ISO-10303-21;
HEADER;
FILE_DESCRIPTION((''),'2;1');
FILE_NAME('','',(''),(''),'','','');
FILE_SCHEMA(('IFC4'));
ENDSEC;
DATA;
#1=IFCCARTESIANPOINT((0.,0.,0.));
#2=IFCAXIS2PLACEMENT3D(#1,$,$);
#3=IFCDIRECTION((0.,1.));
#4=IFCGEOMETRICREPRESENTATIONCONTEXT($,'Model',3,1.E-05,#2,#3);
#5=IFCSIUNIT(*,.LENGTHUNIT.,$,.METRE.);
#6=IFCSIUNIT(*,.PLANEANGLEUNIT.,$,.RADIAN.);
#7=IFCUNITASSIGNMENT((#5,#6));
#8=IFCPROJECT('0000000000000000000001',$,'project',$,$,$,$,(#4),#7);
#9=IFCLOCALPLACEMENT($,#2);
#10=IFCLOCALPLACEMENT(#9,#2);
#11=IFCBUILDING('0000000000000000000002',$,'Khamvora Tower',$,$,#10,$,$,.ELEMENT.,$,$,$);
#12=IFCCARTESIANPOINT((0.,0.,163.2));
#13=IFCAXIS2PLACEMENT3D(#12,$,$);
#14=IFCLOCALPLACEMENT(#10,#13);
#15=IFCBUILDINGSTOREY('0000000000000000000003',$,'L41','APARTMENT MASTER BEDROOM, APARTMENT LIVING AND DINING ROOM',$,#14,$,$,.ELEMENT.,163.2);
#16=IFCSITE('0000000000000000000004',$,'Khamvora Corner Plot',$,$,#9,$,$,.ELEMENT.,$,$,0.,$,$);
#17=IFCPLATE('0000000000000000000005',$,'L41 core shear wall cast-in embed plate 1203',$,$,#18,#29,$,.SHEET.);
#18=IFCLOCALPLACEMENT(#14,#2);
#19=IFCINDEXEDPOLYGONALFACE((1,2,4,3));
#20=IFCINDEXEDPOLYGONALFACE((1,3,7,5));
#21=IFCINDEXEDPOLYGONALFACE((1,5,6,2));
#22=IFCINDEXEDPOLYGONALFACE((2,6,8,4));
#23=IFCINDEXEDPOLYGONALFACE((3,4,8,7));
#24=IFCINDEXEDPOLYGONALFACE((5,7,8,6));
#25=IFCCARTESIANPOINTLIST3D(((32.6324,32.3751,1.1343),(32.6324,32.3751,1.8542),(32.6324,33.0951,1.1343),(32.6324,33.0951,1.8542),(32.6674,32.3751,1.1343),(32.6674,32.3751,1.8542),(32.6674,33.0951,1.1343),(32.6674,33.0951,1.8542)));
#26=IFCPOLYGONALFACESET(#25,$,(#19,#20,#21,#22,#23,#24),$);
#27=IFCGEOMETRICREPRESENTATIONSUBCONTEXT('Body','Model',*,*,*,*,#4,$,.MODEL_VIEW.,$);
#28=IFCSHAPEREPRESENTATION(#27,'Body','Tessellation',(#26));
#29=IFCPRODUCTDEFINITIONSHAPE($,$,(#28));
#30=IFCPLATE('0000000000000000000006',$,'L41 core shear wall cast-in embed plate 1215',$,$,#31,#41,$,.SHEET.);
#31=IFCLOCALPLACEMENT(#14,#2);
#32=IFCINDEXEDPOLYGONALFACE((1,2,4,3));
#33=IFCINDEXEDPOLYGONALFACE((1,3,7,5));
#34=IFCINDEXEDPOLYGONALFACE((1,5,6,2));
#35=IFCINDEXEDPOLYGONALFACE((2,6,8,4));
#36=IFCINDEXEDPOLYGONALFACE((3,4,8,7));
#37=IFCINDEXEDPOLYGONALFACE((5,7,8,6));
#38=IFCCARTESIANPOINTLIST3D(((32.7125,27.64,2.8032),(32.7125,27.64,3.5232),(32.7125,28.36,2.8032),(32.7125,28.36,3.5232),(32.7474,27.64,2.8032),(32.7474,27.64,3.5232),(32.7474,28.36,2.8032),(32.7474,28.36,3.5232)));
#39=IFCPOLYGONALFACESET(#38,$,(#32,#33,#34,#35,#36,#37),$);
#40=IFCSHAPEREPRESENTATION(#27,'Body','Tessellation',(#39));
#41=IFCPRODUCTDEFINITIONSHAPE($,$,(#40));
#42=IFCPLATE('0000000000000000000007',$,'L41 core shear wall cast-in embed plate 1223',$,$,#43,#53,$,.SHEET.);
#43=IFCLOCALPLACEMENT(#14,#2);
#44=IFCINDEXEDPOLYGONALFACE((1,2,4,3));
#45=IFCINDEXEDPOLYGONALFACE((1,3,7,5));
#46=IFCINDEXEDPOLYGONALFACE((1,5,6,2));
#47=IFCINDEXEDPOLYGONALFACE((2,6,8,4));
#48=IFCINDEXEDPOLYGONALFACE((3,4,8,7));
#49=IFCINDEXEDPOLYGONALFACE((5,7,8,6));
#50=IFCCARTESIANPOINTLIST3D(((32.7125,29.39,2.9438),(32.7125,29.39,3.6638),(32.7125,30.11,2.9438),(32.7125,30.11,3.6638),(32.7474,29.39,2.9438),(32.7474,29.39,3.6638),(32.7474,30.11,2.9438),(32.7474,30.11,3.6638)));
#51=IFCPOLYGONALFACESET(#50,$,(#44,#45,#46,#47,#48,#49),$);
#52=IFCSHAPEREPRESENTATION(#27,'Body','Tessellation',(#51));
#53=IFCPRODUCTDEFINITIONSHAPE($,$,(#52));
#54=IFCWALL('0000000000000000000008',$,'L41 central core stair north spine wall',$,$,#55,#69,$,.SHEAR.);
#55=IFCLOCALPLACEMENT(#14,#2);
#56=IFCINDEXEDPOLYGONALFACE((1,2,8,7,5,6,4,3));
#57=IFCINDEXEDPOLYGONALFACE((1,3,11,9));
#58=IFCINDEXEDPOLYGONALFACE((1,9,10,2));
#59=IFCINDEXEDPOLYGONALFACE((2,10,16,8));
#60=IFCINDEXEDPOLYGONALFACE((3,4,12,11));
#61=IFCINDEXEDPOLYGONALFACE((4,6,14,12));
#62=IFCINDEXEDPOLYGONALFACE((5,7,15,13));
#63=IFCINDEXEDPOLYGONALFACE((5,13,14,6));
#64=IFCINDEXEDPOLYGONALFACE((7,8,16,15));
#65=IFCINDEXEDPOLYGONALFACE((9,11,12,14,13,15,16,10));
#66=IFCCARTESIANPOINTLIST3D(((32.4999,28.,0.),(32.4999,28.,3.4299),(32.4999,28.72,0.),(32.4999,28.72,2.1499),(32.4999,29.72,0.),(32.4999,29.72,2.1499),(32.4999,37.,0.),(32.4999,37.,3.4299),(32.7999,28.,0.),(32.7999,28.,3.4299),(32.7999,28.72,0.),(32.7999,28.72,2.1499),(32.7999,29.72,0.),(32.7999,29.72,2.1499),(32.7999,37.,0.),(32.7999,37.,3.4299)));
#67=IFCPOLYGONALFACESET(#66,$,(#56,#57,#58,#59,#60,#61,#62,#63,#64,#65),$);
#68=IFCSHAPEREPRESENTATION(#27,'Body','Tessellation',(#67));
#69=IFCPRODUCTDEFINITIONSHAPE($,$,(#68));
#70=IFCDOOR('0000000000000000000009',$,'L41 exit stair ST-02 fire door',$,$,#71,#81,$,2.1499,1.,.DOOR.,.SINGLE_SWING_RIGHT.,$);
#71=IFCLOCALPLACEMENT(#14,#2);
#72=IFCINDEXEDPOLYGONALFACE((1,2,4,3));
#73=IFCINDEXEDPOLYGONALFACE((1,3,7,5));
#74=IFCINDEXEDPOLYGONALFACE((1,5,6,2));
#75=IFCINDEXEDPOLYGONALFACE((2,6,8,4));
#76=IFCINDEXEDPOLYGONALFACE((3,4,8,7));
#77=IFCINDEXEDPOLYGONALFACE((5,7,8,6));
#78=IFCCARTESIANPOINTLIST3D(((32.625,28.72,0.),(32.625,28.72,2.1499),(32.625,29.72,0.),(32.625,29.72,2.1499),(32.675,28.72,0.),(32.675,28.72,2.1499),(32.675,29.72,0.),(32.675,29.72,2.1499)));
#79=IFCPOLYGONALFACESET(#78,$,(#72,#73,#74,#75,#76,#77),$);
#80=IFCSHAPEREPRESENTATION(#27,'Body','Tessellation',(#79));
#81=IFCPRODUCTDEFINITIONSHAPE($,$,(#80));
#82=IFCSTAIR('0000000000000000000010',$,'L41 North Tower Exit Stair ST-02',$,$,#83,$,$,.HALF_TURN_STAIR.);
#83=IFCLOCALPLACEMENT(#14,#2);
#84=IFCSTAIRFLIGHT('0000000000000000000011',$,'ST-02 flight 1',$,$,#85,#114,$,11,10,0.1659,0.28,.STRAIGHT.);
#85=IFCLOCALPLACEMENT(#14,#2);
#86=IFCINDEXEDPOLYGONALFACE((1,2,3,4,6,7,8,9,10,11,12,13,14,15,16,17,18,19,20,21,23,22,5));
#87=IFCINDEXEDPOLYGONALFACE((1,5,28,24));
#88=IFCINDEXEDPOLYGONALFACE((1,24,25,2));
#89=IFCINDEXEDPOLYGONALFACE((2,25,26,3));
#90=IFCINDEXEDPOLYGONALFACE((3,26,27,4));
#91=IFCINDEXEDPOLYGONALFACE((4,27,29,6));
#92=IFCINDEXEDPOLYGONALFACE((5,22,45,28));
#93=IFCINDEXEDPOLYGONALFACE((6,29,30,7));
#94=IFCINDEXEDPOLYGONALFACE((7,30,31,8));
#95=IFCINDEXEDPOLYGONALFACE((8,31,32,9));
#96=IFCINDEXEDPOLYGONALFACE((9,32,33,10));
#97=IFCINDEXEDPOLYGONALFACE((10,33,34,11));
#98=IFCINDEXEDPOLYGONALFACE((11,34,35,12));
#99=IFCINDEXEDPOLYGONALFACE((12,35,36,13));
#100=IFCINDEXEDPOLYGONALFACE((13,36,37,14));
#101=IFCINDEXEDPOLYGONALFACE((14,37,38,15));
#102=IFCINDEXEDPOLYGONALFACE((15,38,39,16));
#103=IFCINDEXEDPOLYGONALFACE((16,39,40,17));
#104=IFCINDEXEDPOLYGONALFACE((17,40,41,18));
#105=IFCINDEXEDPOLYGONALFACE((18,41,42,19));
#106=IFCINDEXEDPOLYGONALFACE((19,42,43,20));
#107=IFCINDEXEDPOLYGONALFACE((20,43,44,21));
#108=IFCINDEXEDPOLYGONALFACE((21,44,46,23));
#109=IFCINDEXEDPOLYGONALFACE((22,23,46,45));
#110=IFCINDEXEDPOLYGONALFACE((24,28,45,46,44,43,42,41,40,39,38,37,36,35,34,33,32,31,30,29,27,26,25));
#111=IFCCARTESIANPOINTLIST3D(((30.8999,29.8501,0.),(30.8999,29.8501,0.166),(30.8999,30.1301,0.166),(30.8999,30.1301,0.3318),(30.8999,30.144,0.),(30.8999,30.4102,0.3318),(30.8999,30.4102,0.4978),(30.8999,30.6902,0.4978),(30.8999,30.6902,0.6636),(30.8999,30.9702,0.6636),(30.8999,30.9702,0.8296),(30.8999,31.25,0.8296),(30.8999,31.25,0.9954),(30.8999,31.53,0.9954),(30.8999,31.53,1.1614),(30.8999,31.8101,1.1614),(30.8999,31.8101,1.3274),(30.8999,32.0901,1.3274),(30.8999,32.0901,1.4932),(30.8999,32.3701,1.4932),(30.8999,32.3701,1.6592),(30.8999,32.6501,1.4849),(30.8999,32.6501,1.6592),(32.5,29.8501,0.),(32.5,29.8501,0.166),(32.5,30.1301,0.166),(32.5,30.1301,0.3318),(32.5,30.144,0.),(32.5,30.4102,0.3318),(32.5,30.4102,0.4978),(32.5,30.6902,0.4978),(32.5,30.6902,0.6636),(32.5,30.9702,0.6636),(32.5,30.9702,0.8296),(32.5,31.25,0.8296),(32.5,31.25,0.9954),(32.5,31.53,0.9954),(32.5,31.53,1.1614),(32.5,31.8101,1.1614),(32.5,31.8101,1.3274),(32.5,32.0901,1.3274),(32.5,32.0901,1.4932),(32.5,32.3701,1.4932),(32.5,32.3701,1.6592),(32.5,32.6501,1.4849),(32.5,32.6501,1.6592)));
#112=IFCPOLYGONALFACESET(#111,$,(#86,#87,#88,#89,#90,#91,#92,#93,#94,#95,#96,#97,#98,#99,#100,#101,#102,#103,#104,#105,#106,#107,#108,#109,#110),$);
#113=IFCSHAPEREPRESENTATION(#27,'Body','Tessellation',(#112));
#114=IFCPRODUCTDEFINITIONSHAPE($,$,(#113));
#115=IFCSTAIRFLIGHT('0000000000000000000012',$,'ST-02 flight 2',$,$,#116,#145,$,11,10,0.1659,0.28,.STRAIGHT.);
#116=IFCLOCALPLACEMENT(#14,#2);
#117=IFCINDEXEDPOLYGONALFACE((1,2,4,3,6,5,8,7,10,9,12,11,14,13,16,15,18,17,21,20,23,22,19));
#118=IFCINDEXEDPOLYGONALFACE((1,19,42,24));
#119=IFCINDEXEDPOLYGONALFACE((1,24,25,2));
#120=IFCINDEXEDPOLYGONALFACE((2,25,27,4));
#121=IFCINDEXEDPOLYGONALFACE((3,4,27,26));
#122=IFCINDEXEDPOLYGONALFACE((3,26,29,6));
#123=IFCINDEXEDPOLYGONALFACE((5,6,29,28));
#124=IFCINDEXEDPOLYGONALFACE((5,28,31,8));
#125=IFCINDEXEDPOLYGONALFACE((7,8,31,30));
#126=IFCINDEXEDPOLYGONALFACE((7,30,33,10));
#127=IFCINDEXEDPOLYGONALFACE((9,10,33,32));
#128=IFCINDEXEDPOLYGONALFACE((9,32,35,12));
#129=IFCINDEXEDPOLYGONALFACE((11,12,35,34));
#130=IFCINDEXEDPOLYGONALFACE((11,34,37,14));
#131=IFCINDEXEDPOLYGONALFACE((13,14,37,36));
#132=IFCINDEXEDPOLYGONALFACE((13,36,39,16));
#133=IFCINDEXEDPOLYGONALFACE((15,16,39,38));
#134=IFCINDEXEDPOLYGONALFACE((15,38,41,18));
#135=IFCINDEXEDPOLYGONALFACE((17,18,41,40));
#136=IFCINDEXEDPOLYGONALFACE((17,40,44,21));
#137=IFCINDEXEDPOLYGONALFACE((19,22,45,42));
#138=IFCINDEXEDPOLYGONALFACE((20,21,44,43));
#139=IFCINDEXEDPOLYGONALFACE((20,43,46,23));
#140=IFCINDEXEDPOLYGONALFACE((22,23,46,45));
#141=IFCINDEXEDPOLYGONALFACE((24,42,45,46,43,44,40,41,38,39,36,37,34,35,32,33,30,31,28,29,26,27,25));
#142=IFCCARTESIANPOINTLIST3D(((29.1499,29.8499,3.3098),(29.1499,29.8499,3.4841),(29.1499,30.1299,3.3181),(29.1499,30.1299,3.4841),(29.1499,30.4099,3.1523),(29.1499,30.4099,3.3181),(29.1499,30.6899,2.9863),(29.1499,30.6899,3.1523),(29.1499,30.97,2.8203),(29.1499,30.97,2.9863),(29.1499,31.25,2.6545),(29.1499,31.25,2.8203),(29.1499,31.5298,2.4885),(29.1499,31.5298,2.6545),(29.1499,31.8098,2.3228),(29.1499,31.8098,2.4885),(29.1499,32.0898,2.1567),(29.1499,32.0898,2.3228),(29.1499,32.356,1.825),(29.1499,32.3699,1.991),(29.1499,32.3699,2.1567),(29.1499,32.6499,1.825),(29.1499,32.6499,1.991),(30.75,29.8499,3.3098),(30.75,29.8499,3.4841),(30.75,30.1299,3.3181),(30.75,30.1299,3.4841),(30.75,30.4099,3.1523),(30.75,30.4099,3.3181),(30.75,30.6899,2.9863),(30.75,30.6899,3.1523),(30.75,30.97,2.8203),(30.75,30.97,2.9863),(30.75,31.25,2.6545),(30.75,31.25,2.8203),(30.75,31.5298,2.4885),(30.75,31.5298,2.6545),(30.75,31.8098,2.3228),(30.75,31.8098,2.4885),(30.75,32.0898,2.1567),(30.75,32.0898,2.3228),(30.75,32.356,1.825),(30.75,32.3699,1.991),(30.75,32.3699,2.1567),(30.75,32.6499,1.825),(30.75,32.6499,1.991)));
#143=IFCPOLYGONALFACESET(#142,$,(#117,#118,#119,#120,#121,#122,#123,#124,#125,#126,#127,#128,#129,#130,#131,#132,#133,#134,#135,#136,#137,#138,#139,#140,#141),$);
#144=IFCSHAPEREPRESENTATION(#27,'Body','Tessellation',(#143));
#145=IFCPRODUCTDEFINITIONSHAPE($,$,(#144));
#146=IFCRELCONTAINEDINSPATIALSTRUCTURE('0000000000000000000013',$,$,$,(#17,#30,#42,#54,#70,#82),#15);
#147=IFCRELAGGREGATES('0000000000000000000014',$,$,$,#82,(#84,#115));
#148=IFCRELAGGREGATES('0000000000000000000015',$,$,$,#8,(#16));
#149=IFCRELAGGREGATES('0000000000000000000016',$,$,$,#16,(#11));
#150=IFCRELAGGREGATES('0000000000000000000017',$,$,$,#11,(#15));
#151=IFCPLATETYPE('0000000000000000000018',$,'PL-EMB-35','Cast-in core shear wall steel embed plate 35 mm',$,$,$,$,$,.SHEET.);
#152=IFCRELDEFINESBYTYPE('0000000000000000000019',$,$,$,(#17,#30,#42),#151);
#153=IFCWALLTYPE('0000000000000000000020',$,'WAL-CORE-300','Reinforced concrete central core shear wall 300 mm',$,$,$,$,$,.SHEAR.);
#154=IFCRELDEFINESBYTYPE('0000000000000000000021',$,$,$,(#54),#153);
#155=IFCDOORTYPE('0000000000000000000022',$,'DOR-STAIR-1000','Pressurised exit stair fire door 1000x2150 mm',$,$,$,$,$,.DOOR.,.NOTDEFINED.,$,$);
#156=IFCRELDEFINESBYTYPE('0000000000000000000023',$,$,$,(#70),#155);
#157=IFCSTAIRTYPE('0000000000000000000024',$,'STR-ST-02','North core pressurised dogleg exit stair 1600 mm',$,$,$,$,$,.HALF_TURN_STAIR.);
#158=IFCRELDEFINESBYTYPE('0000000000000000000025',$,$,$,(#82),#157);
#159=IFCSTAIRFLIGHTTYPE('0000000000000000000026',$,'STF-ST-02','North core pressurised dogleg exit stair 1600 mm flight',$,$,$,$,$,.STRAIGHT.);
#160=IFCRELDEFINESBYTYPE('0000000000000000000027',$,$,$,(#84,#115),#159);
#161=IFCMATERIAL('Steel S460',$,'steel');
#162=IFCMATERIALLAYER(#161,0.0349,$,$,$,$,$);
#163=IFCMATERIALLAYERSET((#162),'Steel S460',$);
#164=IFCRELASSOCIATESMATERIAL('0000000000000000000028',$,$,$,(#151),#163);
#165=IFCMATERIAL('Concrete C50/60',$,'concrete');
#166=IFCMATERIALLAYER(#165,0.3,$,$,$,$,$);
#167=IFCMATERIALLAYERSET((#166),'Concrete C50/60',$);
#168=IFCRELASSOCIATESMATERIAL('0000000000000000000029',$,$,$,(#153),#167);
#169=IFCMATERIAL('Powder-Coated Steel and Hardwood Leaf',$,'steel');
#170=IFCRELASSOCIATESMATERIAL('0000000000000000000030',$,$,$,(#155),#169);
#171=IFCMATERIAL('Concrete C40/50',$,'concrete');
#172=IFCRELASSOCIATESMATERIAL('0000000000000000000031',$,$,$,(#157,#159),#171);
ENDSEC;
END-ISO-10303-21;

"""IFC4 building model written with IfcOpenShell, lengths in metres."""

from ifc_helpers import new_model, si_unit, direction, frame, frame_2d, origin, origin_2d, place, context, subcontext, project, spatial, polyline, rectangle, outline, extrude, material, layer, layer_set, type_object, element, fill, aggregate, save


model = new_model("IFC4")

# Units and contexts
model_context = context("Model", 3, precision=1e-05, world=origin(), true_north=direction((0.0, 1.0)))
body_context = subcontext(model_context, "Body", "Model", "MODEL_VIEW")
ifc_project = project(units=[si_unit("LENGTHUNIT", "METRE"), si_unit("PLANEANGLEUNIT", "RADIAN")], contexts=[model_context])

# Site, building, storey
site_placement = place(None, origin())
site = spatial("IfcSite", under=ifc_project, at=site_placement, Name="Khamvora Corner Plot", CompositionType="ELEMENT", RefElevation=0.0)
building_placement = place(site_placement, origin())
building = spatial("IfcBuilding", under=site, at=building_placement, Name="Khamvora Tower", CompositionType="ELEMENT")
storey_placement = place(building_placement, frame((0.0, 0.0, 163.2)))
storey = spatial("IfcBuildingStorey", under=building, at=storey_placement, Name="L41", Description="APARTMENT MASTER BEDROOM, APARTMENT LIVING AND DINING ROOM", CompositionType="ELEMENT", Elevation=163.2)

# Shared definitions
ifc_material_1 = material(Name="Steel S460", Category="steel")

# Plates
ifc_layer_1 = layer(ifc_material_1, 0.0349)
ifc_layer_set_1 = layer_set([ifc_layer_1], Name="Steel S460")
plate_type = type_object("IfcPlateType", Name="PL-EMB-35", Description="Cast-in core shear wall steel embed plate 35 mm", PredefinedType="SHEET", material=ifc_layer_set_1)
for number, where, z_axis, x_axis, name in (
    (1, (32.6499, 32.7351, 1.1343), (0.0, 0.0, 1.0), (1.0, 0.0, 0.0), "L41 core shear wall cast-in embed plate 1203"),
    (2, (32.73, 28.0, 2.8032), (0.0, 0.0, 1.0), (1.0, 0.0, 0.0), "L41 core shear wall cast-in embed plate 1215"),
    (3, (32.73, 29.75, 2.9438), (0.0, 0.0, 1.0), (1.0, 0.0, 0.0), "L41 core shear wall cast-in embed plate 1223"),
):
    element("IfcPlate", number, at=place(storey_placement, frame(where, z_axis=z_axis, x_axis=x_axis)), inside=storey, type_object=plate_type, Name=name, PredefinedType="SHEET", context=body_context, shape_type="SweptSolid", body=[
        extrude(rectangle(XDim=0.0349, YDim=0.72, at=origin_2d()), origin(), (0.0, 0.0, 1.0), 0.72),
    ])

# Wall, opening, door
ifc_material_2 = material(Name="Concrete C50/60", Category="concrete")
ifc_layer_2 = layer(ifc_material_2, 0.3)
ifc_layer_set_2 = layer_set([ifc_layer_2], Name="Concrete C50/60")
wall_type = type_object("IfcWallType", Name="WAL-CORE-300", Description="Reinforced concrete central core shear wall 300 mm", PredefinedType="SHEAR", material=ifc_layer_set_2)
wall_placement = place(storey_placement, frame((32.6499, 28.0, 0.0), z_axis=(0.0, 0.0, 1.0), x_axis=(0.0, 1.0, 0.0)))
wall = element("IfcWall", 4, at=wall_placement, inside=storey, type_object=wall_type, Name="L41 central core stair north spine wall", PredefinedType="SHEAR", context=body_context, shape_type="SweptSolid", body=[
    extrude(rectangle(XDim=9.0, YDim=0.3, at=frame_2d((4.5, 0.0))), origin(), (0.0, 0.0, 1.0), 3.4299),
])
opening_placement = place(wall_placement, frame((0.72, 0.0, 0.0)))
opening = element("IfcOpeningElement", 5, at=opening_placement, cuts=wall, PredefinedType="OPENING", context=body_context, shape_type="SweptSolid", body=[
    extrude(rectangle(XDim=1.0, YDim=2.1499, at=frame_2d((0.5, 1.075))), frame((0.0, 0.1599, 0.0), z_axis=(0.0, -1.0, 0.0), x_axis=(1.0, 0.0, 0.0)), (0.0, 0.0, 1.0), 0.3201),
])
ifc_material_3 = material(Name="Powder-Coated Steel and Hardwood Leaf", Category="steel")
door_type = type_object("IfcDoorType", Name="DOR-STAIR-1000", Description="Pressurised exit stair fire door 1000x2150 mm", OperationType="NOTDEFINED", PredefinedType="DOOR", material=ifc_material_3)
door_placement = place(opening_placement, origin())
door = element("IfcDoor", 6, at=door_placement, inside=storey, type_object=door_type, Name="L41 exit stair ST-02 fire door", OperationType="SINGLE_SWING_RIGHT", OverallHeight=2.1499, OverallWidth=1.0, PredefinedType="DOOR", context=body_context, shape_type="SweptSolid", body=[
    extrude(rectangle(XDim=1.0, YDim=2.1499, at=frame_2d((0.5, 1.075))), frame((0.0, 0.0249, 0.0), z_axis=(0.0, -1.0, 0.0), x_axis=(1.0, 0.0, 0.0)), (0.0, 0.0, 1.0), 0.05),
])
fill(opening, door)

# Stair, stair flights
ifc_material_4 = material(Name="Concrete C40/50", Category="concrete")
stair_type = type_object("IfcStairType", Name="STR-ST-02", Description="North core pressurised dogleg exit stair 1600 mm", PredefinedType="HALF_TURN_STAIR", material=ifc_material_4)
stair_placement = place(storey_placement, origin())
stair = element("IfcStair", 7, at=stair_placement, inside=storey, type_object=stair_type, Name="L41 North Tower Exit Stair ST-02", PredefinedType="HALF_TURN_STAIR")
stair_flight_type = type_object("IfcStairFlightType", Name="STF-ST-02", Description="North core pressurised dogleg exit stair 1600 mm flight", PredefinedType="STRAIGHT", material=ifc_material_4)
stair_flight_1_placement = place(storey_placement, frame((31.7, 29.8501, 0.0), z_axis=(0.0, 0.0, 1.0), x_axis=(0.0, 1.0, 0.0)))
stair_flight_1 = element("IfcStairFlight", 8, at=stair_flight_1_placement, type_object=stair_flight_type, Name="ST-02 flight 1", NumberOfRisers=11, NumberOfTreads=10, PredefinedType="STRAIGHT", RiserHeight=0.1659, TreadLength=0.28, context=body_context, shape_type="SweptSolid", body=[
    extrude(outline(polyline([(0.0, 0.0), (0.0, 0.166), (0.28, 0.166), (0.28, 0.3318), (0.5601, 0.3318), (0.5601, 0.4978), (0.8401, 0.4978), (0.8401, 0.6636), (1.1201, 0.6636), (1.1201, 0.8296), (1.3999, 0.8296), (1.3999, 0.9954), (1.6799, 0.9954), (1.6799, 1.1614), (1.96, 1.1614), (1.96, 1.3274), (2.24, 1.3274), (2.24, 1.4932), (2.52, 1.4932), (2.52, 1.6592), (2.8, 1.6592), (2.8, 1.825), (2.8, 1.4849), (0.2939, 0.0), (0.0, 0.0)])), frame((0.0, 0.8, 0.0), z_axis=(0.0, -1.0, 0.0), x_axis=(1.0, 0.0, 0.0)), (0.0, 0.0, 1.0), 1.6001),
])
stair_flight_2_placement = place(storey_placement, frame((29.95, 32.6499, 1.825), z_axis=(0.0, 0.0, 1.0), x_axis=(0.0, -1.0, 0.0)))
stair_flight_2 = element("IfcStairFlight", 9, at=stair_flight_2_placement, type_object=stair_flight_type, Name="ST-02 flight 2", NumberOfRisers=11, NumberOfTreads=10, PredefinedType="STRAIGHT", RiserHeight=0.1659, TreadLength=0.28, context=body_context, shape_type="SweptSolid", body=[
    extrude(outline(polyline([(0.0, 0.0), (0.0, 0.166), (0.28, 0.166), (0.28, 0.3318), (0.5601, 0.3318), (0.5601, 0.4978), (0.8401, 0.4978), (0.8401, 0.6636), (1.1201, 0.6636), (1.1201, 0.8296), (1.3999, 0.8296), (1.3999, 0.9954), (1.6799, 0.9954), (1.6799, 1.1614), (1.96, 1.1614), (1.96, 1.3274), (2.24, 1.3274), (2.24, 1.4932), (2.52, 1.4932), (2.52, 1.6592), (2.8, 1.6592), (2.8, 1.825), (2.8, 1.4849), (0.2939, 0.0), (0.0, 0.0)])), frame((0.0, 0.8, 0.0), z_axis=(0.0, -1.0, 0.0), x_axis=(1.0, 0.0, 0.0)), (0.0, 0.0, 1.0), 1.6001),
])
aggregate(stair, [stair_flight_1, stair_flight_2])

save(model, "model.ifc")
